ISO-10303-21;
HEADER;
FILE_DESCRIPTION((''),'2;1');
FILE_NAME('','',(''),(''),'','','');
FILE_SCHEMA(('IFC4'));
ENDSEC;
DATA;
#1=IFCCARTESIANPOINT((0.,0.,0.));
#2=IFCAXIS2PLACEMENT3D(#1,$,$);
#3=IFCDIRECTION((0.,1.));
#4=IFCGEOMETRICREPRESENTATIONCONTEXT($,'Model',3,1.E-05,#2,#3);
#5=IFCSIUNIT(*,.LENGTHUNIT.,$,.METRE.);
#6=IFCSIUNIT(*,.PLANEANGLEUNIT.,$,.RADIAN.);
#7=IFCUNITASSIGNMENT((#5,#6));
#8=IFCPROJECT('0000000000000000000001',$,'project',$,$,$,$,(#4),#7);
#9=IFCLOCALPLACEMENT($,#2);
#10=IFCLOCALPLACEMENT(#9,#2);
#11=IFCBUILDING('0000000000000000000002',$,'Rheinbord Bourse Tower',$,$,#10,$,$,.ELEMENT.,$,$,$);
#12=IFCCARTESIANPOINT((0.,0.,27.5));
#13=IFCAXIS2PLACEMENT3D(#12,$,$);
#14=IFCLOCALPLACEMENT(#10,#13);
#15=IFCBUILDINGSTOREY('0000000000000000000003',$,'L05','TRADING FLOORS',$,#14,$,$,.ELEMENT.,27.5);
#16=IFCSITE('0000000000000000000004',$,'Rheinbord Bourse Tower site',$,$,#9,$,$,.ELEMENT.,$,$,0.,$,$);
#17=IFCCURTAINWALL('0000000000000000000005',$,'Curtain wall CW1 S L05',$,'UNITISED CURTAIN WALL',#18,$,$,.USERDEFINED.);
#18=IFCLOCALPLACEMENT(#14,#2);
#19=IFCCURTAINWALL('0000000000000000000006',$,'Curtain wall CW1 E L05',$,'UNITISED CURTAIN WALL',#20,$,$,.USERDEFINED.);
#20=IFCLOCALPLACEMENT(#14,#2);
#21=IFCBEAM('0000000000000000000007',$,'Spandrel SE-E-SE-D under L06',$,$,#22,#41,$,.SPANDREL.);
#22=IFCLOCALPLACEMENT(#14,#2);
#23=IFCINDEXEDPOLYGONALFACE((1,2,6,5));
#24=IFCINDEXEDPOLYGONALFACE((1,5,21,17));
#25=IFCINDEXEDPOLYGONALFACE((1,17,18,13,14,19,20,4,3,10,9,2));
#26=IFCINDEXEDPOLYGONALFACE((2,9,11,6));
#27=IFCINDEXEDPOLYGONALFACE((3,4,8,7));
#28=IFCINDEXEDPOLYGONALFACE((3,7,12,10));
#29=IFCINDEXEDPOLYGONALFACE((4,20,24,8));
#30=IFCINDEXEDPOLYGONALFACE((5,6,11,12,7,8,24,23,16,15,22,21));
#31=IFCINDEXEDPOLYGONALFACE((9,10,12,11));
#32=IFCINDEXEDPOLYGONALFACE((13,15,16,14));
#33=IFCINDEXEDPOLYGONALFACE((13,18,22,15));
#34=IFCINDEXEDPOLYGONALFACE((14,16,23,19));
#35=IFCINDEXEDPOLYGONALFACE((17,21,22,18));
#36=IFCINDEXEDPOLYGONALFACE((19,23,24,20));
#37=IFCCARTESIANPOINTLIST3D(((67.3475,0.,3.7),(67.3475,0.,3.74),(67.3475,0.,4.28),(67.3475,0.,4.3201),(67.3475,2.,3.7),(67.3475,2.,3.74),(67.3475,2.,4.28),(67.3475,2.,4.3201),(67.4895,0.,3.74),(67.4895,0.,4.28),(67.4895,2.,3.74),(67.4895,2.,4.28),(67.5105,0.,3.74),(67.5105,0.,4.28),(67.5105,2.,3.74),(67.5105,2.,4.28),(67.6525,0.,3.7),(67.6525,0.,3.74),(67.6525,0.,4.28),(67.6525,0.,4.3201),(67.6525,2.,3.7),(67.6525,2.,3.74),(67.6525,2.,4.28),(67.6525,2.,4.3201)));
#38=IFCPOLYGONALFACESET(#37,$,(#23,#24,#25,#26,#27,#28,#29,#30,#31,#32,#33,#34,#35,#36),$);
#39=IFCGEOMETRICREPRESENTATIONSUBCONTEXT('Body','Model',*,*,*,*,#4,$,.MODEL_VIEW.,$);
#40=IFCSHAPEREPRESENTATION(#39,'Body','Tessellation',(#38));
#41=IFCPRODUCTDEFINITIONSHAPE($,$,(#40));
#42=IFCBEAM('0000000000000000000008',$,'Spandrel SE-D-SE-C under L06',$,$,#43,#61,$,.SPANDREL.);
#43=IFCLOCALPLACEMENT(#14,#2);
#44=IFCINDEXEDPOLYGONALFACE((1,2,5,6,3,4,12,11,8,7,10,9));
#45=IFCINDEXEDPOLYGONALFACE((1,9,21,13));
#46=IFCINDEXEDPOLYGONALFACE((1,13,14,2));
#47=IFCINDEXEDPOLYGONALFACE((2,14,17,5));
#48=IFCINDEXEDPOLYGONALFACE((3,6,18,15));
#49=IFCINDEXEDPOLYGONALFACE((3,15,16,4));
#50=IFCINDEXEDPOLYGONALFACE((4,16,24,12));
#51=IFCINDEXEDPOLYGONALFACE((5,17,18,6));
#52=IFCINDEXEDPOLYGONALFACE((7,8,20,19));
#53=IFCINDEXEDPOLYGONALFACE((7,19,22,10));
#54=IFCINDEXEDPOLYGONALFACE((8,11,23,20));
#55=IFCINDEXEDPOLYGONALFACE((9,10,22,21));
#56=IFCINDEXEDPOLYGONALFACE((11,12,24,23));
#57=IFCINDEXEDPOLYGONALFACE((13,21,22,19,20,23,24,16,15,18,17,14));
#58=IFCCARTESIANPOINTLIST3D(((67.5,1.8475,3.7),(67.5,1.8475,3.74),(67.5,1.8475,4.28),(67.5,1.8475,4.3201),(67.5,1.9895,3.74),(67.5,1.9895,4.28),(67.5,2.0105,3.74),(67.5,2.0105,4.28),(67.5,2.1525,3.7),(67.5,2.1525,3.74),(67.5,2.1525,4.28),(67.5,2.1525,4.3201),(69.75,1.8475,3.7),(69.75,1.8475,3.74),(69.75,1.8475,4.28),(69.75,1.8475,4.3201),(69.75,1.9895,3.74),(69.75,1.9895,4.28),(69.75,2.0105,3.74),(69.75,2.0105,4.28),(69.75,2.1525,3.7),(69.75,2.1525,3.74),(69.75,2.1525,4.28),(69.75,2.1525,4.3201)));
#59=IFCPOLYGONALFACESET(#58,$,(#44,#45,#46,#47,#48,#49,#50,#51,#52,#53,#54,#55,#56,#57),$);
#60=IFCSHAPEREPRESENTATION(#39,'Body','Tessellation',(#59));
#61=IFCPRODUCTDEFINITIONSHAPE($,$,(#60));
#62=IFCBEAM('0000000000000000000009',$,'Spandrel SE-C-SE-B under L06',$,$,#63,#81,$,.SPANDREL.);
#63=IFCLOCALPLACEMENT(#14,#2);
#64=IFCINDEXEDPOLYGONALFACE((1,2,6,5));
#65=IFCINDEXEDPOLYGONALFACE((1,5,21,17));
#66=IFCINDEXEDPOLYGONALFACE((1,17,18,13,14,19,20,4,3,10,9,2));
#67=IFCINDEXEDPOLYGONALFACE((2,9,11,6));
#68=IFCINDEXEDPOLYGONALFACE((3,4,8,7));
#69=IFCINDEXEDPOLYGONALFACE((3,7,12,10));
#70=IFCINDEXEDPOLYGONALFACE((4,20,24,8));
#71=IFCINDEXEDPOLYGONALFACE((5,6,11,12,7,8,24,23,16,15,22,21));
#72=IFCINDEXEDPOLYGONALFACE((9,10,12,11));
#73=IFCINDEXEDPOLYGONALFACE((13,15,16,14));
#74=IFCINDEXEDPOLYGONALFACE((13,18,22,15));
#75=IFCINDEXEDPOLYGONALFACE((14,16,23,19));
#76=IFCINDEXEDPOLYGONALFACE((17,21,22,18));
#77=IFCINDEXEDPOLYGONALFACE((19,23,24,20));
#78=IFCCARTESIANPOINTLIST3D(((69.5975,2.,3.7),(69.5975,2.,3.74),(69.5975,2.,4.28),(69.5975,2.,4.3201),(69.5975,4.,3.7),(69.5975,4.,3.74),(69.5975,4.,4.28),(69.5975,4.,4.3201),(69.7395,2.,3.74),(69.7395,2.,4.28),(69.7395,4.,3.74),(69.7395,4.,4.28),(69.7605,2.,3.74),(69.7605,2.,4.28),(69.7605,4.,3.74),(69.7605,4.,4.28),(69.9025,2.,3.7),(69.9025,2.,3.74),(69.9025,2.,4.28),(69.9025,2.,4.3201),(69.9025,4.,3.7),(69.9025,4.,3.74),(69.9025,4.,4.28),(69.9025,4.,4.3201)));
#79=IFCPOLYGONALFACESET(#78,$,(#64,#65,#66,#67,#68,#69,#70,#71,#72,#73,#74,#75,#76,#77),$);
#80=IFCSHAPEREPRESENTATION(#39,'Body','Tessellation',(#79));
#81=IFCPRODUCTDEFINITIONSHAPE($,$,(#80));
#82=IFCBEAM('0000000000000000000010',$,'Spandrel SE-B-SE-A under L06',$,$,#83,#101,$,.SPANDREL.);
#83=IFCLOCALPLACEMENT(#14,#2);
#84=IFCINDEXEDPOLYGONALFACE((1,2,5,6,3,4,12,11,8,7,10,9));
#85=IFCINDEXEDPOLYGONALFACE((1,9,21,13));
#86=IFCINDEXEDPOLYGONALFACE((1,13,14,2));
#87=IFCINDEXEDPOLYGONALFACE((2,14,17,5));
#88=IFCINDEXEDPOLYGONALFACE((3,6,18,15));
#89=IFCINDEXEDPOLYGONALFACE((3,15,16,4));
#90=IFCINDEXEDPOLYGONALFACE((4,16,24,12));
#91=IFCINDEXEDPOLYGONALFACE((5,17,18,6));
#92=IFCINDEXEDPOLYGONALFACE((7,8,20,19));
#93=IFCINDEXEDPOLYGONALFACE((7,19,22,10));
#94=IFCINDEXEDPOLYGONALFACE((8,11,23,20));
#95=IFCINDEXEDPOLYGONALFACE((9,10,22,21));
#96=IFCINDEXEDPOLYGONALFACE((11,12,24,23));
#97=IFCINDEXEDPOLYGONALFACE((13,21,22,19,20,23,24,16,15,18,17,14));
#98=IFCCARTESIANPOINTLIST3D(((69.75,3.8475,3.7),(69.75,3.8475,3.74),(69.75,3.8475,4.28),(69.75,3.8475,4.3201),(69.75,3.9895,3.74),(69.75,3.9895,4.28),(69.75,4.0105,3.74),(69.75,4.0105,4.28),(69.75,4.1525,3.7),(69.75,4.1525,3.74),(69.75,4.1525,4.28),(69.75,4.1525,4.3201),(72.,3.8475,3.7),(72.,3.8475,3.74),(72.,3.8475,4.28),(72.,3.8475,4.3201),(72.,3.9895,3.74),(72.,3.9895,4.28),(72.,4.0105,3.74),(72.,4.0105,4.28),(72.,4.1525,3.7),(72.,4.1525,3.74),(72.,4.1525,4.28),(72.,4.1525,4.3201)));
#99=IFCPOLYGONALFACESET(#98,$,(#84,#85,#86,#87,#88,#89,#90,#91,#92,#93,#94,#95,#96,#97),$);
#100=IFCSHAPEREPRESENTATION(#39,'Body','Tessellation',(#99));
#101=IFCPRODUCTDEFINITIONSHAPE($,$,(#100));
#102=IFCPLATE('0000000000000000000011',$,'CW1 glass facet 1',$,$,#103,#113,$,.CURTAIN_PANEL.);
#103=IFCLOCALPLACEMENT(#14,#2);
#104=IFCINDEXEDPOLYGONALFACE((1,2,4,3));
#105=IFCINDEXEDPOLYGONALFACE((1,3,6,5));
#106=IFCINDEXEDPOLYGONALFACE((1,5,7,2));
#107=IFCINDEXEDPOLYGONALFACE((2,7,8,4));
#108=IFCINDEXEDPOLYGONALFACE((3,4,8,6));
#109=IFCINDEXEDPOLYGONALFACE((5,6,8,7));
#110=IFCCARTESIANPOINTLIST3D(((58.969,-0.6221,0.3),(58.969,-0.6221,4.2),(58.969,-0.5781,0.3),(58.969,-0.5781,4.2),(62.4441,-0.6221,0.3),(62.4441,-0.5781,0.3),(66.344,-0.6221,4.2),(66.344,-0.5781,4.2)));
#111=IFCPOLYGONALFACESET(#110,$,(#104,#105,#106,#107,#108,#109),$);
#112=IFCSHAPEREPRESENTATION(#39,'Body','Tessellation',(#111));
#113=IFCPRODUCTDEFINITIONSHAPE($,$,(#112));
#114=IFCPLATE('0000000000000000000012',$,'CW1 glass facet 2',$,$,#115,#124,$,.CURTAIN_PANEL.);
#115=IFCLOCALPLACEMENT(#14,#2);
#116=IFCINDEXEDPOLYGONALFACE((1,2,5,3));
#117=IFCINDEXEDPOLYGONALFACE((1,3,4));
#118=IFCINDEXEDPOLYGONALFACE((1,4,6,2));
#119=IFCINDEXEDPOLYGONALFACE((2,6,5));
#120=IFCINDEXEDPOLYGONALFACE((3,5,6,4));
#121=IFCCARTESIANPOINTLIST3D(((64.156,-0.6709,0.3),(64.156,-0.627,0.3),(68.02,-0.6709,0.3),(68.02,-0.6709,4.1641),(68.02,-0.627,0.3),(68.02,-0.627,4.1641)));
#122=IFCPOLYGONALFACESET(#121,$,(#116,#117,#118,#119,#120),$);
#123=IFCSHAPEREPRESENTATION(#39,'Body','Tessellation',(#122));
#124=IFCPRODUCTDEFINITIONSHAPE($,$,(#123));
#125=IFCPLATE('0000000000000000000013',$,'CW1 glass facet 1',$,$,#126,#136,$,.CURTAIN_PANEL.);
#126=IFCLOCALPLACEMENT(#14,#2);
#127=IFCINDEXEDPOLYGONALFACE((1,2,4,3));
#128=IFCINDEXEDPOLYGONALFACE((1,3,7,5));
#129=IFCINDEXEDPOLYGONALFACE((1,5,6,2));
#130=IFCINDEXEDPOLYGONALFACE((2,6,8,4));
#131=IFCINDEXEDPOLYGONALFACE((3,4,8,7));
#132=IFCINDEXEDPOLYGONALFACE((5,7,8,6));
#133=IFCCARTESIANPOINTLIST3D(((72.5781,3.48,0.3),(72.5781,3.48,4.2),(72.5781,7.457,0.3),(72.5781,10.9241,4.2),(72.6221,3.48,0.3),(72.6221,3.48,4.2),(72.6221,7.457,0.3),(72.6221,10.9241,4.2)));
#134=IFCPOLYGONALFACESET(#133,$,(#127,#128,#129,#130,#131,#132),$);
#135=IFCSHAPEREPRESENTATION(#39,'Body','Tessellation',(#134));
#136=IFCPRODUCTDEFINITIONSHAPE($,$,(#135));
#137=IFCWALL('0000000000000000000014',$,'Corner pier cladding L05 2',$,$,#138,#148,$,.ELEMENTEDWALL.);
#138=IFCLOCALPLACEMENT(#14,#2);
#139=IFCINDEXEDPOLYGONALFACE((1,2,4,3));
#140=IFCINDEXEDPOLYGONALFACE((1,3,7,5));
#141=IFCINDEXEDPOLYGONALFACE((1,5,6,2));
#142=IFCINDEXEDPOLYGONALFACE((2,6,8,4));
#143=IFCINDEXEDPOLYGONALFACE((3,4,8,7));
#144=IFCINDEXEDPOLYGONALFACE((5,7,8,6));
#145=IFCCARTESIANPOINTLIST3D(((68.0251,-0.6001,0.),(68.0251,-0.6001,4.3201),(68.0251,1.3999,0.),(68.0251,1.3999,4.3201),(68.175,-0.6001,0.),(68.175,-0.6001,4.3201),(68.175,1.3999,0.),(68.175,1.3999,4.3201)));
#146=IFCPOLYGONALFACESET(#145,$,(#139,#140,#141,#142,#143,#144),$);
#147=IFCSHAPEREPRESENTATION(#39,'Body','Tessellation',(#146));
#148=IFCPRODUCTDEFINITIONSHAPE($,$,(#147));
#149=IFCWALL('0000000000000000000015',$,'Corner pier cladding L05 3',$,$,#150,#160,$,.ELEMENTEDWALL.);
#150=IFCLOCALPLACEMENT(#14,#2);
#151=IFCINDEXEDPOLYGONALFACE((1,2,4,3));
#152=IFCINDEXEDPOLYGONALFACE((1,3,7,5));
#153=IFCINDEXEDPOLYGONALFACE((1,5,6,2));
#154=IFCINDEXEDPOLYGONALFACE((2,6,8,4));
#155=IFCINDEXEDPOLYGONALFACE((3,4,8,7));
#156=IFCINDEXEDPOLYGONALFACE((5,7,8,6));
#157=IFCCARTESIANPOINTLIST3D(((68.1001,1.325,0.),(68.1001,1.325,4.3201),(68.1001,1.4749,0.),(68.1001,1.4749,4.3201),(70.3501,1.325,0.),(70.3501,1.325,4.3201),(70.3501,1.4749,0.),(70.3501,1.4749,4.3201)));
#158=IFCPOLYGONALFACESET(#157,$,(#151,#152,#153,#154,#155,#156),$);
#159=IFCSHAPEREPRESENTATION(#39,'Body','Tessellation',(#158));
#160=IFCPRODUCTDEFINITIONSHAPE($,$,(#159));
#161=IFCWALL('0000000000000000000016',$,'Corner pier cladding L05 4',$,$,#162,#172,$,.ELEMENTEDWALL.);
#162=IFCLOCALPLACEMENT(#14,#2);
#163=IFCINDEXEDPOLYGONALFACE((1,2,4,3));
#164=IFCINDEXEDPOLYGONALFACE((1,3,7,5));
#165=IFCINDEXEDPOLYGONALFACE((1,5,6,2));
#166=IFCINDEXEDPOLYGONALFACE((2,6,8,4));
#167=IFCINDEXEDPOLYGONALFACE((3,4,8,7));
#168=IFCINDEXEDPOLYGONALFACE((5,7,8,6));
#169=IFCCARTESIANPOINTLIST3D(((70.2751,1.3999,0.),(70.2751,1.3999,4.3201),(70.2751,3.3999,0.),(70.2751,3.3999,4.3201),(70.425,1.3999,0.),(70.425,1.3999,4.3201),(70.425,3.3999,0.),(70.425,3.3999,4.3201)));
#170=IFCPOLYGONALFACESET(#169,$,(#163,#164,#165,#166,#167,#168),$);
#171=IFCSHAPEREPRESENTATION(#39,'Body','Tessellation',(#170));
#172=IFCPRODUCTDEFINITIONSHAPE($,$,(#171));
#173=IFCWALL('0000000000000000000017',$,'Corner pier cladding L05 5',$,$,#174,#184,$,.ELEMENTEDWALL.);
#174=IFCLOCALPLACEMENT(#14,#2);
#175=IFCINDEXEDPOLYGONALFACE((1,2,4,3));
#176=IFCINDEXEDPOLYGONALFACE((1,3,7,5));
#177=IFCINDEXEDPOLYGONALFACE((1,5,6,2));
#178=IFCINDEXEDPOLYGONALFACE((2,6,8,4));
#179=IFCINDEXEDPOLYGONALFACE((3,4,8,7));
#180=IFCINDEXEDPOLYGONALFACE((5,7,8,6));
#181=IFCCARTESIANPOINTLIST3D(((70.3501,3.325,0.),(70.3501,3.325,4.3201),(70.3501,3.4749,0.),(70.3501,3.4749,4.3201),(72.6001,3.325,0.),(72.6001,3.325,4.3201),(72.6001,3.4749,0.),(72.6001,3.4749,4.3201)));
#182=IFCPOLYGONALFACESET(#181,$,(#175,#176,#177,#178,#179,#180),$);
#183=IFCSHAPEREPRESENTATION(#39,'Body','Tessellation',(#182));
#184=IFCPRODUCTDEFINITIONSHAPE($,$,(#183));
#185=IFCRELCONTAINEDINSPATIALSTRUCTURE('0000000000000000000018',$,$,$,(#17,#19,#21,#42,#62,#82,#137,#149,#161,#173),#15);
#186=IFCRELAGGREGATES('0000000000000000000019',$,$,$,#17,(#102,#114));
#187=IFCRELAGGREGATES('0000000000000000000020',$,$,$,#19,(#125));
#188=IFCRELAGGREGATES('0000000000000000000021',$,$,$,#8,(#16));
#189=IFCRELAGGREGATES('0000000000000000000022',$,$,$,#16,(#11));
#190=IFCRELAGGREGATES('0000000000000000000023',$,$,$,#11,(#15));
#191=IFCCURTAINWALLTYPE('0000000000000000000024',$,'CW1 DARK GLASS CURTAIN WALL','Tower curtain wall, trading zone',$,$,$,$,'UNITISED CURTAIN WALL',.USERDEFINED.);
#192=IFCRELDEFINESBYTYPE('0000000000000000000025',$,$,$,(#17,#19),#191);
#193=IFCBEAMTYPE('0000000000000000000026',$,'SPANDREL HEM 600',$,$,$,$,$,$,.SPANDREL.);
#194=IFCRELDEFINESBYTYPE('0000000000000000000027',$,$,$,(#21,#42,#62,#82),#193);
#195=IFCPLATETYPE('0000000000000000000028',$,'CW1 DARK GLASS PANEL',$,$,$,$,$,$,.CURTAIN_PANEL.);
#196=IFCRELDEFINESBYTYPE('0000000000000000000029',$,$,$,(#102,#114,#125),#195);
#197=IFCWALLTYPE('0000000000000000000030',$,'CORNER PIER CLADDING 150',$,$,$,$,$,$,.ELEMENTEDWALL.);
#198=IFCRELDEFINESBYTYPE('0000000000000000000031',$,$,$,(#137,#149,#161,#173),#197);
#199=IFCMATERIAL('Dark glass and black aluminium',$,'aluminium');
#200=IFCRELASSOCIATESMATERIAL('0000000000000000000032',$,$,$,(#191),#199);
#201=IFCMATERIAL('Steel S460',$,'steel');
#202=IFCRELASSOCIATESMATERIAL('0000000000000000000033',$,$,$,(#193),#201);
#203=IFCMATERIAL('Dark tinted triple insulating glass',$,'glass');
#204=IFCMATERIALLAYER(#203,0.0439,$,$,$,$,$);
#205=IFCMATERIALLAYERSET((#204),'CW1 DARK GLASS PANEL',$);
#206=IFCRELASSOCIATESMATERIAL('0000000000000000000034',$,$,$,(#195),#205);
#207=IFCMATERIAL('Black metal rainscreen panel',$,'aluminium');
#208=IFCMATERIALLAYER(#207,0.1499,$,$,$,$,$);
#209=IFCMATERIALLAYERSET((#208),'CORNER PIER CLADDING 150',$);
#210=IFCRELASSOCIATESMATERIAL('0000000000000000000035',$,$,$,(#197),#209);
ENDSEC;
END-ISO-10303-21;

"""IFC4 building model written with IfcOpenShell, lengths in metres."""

from ifc_helpers import new_model, si_unit, direction, frame, frame_2d, origin, origin_2d, place, context, subcontext, project, spatial, polyline, rectangle, i_section, outline, extrude, material, layer, layer_set, material_profile, profile_set, type_object, element, aggregate, save


model = new_model("IFC4")

# Units and contexts
model_context = context("Model", 3, precision=1e-05, world=origin(), true_north=direction((0.0, 1.0)))
body_context = subcontext(model_context, "Body", "Model", "MODEL_VIEW")
ifc_project = project(units=[si_unit("LENGTHUNIT", "METRE"), si_unit("PLANEANGLEUNIT", "RADIAN")], contexts=[model_context])

# Site, building, storey
site_placement = place(None, origin())
site = spatial("IfcSite", under=ifc_project, at=site_placement, Name="Rheinbord Bourse Tower site", CompositionType="ELEMENT", RefElevation=0.0)
building_placement = place(site_placement, origin())
building = spatial("IfcBuilding", under=site, at=building_placement, Name="Rheinbord Bourse Tower", CompositionType="ELEMENT")
storey_placement = place(building_placement, frame((0.0, 0.0, 27.5)))
storey = spatial("IfcBuildingStorey", under=building, at=storey_placement, Name="L05", Description="TRADING FLOORS", CompositionType="ELEMENT", Elevation=27.5)

# Curtain wall
ifc_material_1 = material(Name="Dark glass and black aluminium", Category="aluminium")
curtain_wall_type = type_object("IfcCurtainWallType", Name="CW1 DARK GLASS CURTAIN WALL", Description="Tower curtain wall, trading zone", ElementType="UNITISED CURTAIN WALL", PredefinedType="USERDEFINED", material=ifc_material_1)
curtain_wall_1_placement = place(storey_placement, origin())
curtain_wall_1 = element("IfcCurtainWall", 1, at=curtain_wall_1_placement, inside=storey, type_object=curtain_wall_type, Name="Curtain wall CW1 S L05", ObjectType="UNITISED CURTAIN WALL", PredefinedType="USERDEFINED")

# Curtain wall
curtain_wall_2_placement = place(storey_placement, origin())
curtain_wall_2 = element("IfcCurtainWall", 2, at=curtain_wall_2_placement, inside=storey, type_object=curtain_wall_type, Name="Curtain wall CW1 E L05", ObjectType="UNITISED CURTAIN WALL", PredefinedType="USERDEFINED")

# Beams
ifc_material_2 = material(Name="Steel S460", Category="steel")
ifc_material_profile_1 = material_profile(ifc_material_2, i_section(OverallWidth=0.3049, OverallDepth=0.6201, WebThickness=0.021, FlangeThickness=0.04, at=origin_2d()), Name="HEM 600")
ifc_profile_set_1 = profile_set([ifc_material_profile_1], Name="Steel S460")
beam_type_1 = type_object("IfcBeamType", Name="SPANDREL HEM 600", PredefinedType="SPANDREL", material=ifc_profile_set_1)
beam_1_placement = place(storey_placement, frame((67.5, 0.0, 4.01), z_axis=(0.0, 1.0, 0.0), x_axis=(-1.0, 0.0, 0.0)))
element("IfcBeam", 3, at=beam_1_placement, inside=storey, type_object=beam_type_1, Name="Spandrel SE-E-SE-D under L06", PredefinedType="SPANDREL", context=body_context, shape_type="SweptSolid", body=[
    extrude(i_section(OverallWidth=0.3049, OverallDepth=0.6201, WebThickness=0.021, FlangeThickness=0.04, at=origin_2d()), origin(), (0.0, 0.0, 1.0), 2.0),
])
beam_2_placement = place(storey_placement, frame((67.5, 2.0, 4.01), z_axis=(1.0, 0.0, 0.0), x_axis=(0.0, 1.0, 0.0)))
element("IfcBeam", 4, at=beam_2_placement, inside=storey, type_object=beam_type_1, Name="Spandrel SE-D-SE-C under L06", PredefinedType="SPANDREL", context=body_context, shape_type="SweptSolid", body=[
    extrude(i_section(OverallWidth=0.3049, OverallDepth=0.6201, WebThickness=0.021, FlangeThickness=0.04, at=origin_2d()), origin(), (0.0, 0.0, 1.0), 2.25),
])
beam_3_placement = place(storey_placement, frame((69.75, 2.0, 4.01), z_axis=(0.0, 1.0, 0.0), x_axis=(-1.0, 0.0, 0.0)))
element("IfcBeam", 5, at=beam_3_placement, inside=storey, type_object=beam_type_1, Name="Spandrel SE-C-SE-B under L06", PredefinedType="SPANDREL", context=body_context, shape_type="SweptSolid", body=[
    extrude(i_section(OverallWidth=0.3049, OverallDepth=0.6201, WebThickness=0.021, FlangeThickness=0.04, at=origin_2d()), origin(), (0.0, 0.0, 1.0), 2.0),
])
beam_4_placement = place(storey_placement, frame((69.75, 4.0, 4.01), z_axis=(1.0, 0.0, 0.0), x_axis=(0.0, 1.0, 0.0)))
element("IfcBeam", 6, at=beam_4_placement, inside=storey, type_object=beam_type_1, Name="Spandrel SE-B-SE-A under L06", PredefinedType="SPANDREL", context=body_context, shape_type="SweptSolid", body=[
    extrude(i_section(OverallWidth=0.3049, OverallDepth=0.6201, WebThickness=0.021, FlangeThickness=0.04, at=origin_2d()), origin(), (0.0, 0.0, 1.0), 2.25),
])

# Plates
ifc_material_3 = material(Name="Dark tinted triple insulating glass", Category="glass")
ifc_layer_1 = layer(ifc_material_3, 0.0439)
ifc_layer_set_1 = layer_set([ifc_layer_1], Name="CW1 DARK GLASS PANEL")
plate_type = type_object("IfcPlateType", Name="CW1 DARK GLASS PANEL", PredefinedType="CURTAIN_PANEL", material=ifc_layer_set_1)
plate_1_placement = place(storey_placement, frame((58.969, -0.6221, 0.3), z_axis=(0.0, 1.0, 0.0), x_axis=(0.0, 0.0, 1.0)))
plate_1 = element("IfcPlate", 7, at=plate_1_placement, type_object=plate_type, Name="CW1 glass facet 1", PredefinedType="CURTAIN_PANEL", context=body_context, shape_type="SweptSolid", body=[
    extrude(outline(polyline([(0.0, 0.0), (3.8999, 0.0), (3.8999, 7.375), (0.0, 3.4751), (0.0, 0.0)])), origin(), (0.0, 0.0, 1.0), 0.0439),
])
plate_2_placement = place(storey_placement, frame((68.02, -0.6709, 0.3), z_axis=(0.0, 1.0, 0.0), x_axis=(-1.0, 0.0, 0.0)))
plate_2 = element("IfcPlate", 8, at=plate_2_placement, type_object=plate_type, Name="CW1 glass facet 2", PredefinedType="CURTAIN_PANEL", context=body_context, shape_type="SweptSolid", body=[
    extrude(outline(polyline([(0.0, 0.0), (3.864, 0.0), (0.0, 3.864), (0.0, 0.0)])), origin(), (0.0, 0.0, 1.0), 0.0439),
])
aggregate(curtain_wall_1, [plate_1, plate_2])
plate_3_placement = place(storey_placement, frame((72.6221, 3.48, 0.3), z_axis=(-1.0, 0.0, 0.0), x_axis=(0.0, 0.0, 1.0)))
plate_3 = element("IfcPlate", 9, at=plate_3_placement, type_object=plate_type, Name="CW1 glass facet 1", PredefinedType="CURTAIN_PANEL", context=body_context, shape_type="SweptSolid", body=[
    extrude(outline(polyline([(0.0, 0.0), (3.8999, 0.0), (3.8999, 7.4441), (0.0, 3.9771), (0.0, 0.0)])), origin(), (0.0, 0.0, 1.0), 0.0439),
])
aggregate(curtain_wall_2, [plate_3])

# Walls
ifc_material_4 = material(Name="Black metal rainscreen panel", Category="aluminium")
ifc_layer_2 = layer(ifc_material_4, 0.1499)
ifc_layer_set_2 = layer_set([ifc_layer_2], Name="CORNER PIER CLADDING 150")
wall_type = type_object("IfcWallType", Name="CORNER PIER CLADDING 150", PredefinedType="ELEMENTEDWALL", material=ifc_layer_set_2)
wall_1_placement = place(storey_placement, frame((68.1001, -0.6001, 0.0), z_axis=(0.0, 0.0, 1.0), x_axis=(0.0, 1.0, 0.0)))
element("IfcWall", 10, at=wall_1_placement, inside=storey, type_object=wall_type, Name="Corner pier cladding L05 2", PredefinedType="ELEMENTEDWALL", context=body_context, shape_type="SweptSolid", body=[
    extrude(rectangle(XDim=2.0, YDim=0.1499, at=frame_2d((1.0, 0.0))), origin(), (0.0, 0.0, 1.0), 4.3201),
])
wall_2_placement = place(storey_placement, frame((68.1001, 1.3999, 0.0), z_axis=(0.0, 0.0, 1.0), x_axis=(1.0, 0.0, 0.0)))
element("IfcWall", 11, at=wall_2_placement, inside=storey, type_object=wall_type, Name="Corner pier cladding L05 3", PredefinedType="ELEMENTEDWALL", context=body_context, shape_type="SweptSolid", body=[
    extrude(rectangle(XDim=2.25, YDim=0.1499, at=frame_2d((1.125, 0.0))), origin(), (0.0, 0.0, 1.0), 4.3201),
])
wall_3_placement = place(storey_placement, frame((70.3501, 1.3999, 0.0), z_axis=(0.0, 0.0, 1.0), x_axis=(0.0, 1.0, 0.0)))
element("IfcWall", 12, at=wall_3_placement, inside=storey, type_object=wall_type, Name="Corner pier cladding L05 4", PredefinedType="ELEMENTEDWALL", context=body_context, shape_type="SweptSolid", body=[
    extrude(rectangle(XDim=2.0, YDim=0.1499, at=frame_2d((1.0, 0.0))), origin(), (0.0, 0.0, 1.0), 4.3201),
])
wall_4_placement = place(storey_placement, frame((70.3501, 3.3999, 0.0), z_axis=(0.0, 0.0, 1.0), x_axis=(1.0, 0.0, 0.0)))
element("IfcWall", 13, at=wall_4_placement, inside=storey, type_object=wall_type, Name="Corner pier cladding L05 5", PredefinedType="ELEMENTEDWALL", context=body_context, shape_type="SweptSolid", body=[
    extrude(rectangle(XDim=2.25, YDim=0.1499, at=frame_2d((1.125, 0.0))), origin(), (0.0, 0.0, 1.0), 4.3201),
])

save(model, "model.ifc")
